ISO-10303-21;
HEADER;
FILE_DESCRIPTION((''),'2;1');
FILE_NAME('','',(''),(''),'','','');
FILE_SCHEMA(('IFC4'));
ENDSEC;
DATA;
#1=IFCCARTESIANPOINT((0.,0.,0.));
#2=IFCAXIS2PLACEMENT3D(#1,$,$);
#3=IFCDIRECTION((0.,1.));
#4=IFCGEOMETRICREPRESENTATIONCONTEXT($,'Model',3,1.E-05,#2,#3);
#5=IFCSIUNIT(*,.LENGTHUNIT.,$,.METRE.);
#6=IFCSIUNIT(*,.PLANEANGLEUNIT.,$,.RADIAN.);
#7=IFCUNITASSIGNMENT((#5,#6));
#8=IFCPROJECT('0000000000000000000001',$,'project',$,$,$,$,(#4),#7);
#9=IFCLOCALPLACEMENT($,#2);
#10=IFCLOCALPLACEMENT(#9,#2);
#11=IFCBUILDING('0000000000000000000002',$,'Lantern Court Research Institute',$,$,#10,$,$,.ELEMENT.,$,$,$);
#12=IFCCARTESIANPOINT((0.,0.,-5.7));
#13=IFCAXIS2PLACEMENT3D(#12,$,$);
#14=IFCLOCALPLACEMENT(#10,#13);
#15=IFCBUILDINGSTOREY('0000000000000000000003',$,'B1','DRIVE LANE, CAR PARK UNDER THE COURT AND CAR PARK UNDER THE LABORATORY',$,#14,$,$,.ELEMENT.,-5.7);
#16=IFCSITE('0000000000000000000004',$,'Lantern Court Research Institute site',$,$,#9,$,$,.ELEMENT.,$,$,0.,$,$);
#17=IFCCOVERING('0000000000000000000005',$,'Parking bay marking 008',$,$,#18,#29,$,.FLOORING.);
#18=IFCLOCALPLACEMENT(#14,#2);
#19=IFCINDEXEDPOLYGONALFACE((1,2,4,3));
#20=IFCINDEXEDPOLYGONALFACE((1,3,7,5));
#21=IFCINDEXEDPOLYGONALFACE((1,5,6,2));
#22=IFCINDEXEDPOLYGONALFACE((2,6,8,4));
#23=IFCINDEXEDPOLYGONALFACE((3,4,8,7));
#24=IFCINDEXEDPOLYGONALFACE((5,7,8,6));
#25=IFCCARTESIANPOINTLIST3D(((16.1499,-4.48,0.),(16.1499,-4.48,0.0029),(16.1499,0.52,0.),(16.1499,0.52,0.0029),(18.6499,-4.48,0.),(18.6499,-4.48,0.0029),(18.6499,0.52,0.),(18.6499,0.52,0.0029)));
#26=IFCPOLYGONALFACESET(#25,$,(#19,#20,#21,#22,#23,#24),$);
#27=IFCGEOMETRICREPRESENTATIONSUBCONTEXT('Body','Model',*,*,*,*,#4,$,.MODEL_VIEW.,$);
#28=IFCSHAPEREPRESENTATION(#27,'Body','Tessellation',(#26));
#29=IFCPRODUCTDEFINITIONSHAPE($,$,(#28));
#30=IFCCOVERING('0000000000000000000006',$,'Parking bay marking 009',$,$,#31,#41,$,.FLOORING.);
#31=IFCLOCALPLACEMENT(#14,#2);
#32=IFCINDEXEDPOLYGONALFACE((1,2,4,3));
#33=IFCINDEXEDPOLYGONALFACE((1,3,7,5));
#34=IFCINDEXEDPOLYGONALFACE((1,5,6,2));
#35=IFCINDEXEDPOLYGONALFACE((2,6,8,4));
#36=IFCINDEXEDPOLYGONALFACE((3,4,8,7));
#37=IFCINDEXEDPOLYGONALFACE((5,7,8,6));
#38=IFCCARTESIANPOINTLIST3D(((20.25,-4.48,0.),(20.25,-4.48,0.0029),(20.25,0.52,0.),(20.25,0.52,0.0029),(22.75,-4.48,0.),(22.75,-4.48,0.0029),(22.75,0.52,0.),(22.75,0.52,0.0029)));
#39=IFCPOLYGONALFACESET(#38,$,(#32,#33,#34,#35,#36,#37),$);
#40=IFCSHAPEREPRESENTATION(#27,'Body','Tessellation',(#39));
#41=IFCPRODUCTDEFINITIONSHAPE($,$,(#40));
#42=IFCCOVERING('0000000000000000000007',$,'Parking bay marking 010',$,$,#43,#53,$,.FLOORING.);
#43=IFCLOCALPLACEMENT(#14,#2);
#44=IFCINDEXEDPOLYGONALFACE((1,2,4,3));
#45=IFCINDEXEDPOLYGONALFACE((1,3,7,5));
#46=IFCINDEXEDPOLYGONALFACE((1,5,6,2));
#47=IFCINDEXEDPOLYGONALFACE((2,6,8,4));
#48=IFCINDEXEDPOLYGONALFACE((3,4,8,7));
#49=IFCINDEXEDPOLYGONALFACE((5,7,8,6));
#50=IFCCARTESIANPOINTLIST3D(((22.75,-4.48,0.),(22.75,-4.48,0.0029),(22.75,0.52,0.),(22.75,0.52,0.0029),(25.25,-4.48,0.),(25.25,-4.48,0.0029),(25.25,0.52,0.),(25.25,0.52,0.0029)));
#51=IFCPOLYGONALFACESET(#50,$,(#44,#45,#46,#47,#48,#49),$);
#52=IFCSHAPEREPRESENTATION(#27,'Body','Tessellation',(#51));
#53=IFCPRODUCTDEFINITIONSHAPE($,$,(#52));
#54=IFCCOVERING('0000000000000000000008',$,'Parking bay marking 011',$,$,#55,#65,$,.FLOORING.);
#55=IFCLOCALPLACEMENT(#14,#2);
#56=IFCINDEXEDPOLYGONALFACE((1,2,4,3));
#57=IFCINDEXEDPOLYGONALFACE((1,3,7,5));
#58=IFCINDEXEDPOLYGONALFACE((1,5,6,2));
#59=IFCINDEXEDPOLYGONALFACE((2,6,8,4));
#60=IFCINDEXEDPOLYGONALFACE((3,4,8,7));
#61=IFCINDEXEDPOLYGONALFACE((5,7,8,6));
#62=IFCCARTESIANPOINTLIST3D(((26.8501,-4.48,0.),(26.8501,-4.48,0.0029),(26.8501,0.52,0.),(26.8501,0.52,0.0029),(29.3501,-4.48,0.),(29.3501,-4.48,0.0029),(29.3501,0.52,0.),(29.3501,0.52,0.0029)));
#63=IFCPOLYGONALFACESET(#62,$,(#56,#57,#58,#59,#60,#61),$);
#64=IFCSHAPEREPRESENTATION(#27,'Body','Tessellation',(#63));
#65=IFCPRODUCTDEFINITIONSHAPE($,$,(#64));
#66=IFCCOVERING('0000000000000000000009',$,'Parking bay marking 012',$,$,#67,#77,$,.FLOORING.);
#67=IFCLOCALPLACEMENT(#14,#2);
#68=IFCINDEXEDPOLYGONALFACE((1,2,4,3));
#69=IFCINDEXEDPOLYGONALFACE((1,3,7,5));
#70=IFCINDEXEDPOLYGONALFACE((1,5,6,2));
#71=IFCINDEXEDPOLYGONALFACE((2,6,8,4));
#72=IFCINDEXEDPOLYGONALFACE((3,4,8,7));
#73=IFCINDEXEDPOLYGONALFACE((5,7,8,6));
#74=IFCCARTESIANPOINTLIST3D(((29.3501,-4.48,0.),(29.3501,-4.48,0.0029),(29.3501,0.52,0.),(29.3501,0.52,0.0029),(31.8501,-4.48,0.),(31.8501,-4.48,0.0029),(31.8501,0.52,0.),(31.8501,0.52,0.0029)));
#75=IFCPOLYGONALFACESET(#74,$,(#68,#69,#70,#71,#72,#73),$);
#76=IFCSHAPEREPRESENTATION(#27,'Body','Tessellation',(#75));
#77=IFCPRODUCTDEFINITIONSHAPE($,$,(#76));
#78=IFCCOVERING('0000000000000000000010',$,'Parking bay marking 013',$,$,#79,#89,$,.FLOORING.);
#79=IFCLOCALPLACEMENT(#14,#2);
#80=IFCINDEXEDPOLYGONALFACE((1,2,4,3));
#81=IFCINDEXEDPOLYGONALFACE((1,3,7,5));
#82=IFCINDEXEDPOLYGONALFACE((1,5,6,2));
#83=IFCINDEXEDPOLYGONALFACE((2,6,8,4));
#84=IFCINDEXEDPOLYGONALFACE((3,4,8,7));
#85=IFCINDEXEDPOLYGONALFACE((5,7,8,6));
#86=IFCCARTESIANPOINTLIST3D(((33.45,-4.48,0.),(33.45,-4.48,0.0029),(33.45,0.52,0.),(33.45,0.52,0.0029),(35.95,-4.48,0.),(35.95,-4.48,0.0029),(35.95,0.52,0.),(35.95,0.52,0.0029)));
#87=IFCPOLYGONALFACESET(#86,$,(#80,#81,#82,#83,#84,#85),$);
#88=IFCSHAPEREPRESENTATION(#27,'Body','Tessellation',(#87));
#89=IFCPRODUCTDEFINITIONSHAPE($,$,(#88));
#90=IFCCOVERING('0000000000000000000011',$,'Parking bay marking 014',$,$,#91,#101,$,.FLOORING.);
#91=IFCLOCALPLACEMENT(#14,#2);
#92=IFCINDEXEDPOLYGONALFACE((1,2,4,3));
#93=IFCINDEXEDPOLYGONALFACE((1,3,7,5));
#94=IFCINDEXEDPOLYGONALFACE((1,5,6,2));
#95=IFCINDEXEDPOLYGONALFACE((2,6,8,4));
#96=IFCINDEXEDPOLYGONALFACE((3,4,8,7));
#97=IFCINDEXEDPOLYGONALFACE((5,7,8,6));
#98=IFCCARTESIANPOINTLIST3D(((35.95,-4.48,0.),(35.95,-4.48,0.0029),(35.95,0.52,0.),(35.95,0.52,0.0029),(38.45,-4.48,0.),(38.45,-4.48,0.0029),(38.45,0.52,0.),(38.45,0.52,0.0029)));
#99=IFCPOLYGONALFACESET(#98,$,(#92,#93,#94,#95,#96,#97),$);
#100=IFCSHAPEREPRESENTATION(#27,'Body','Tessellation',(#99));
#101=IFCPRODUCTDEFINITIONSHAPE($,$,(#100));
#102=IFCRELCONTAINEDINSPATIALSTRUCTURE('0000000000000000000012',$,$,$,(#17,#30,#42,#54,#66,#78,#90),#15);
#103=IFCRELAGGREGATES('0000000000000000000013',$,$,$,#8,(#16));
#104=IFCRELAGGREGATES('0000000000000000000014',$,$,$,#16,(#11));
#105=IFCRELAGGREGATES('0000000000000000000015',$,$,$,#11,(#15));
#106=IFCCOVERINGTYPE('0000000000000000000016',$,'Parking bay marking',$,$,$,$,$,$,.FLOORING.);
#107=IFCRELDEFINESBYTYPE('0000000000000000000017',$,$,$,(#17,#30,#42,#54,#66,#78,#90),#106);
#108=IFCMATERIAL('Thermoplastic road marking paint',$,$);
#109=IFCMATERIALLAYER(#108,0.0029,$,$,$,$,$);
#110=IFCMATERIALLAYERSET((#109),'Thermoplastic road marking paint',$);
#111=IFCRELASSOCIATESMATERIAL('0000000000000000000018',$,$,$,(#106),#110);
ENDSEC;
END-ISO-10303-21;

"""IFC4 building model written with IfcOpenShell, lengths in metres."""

from ifc_helpers import new_model, si_unit, direction, frame, origin, place, context, subcontext, project, spatial, polyline, outline, extrude, material, layer, layer_set, type_object, element, save


model = new_model("IFC4")

# Units and contexts
model_context = context("Model", 3, precision=1e-05, world=origin(), true_north=direction((0.0, 1.0)))
body_context = subcontext(model_context, "Body", "Model", "MODEL_VIEW")
ifc_project = project(units=[si_unit("LENGTHUNIT", "METRE"), si_unit("PLANEANGLEUNIT", "RADIAN")], contexts=[model_context])

# Site, building, storey
site_placement = place(None, origin())
site = spatial("IfcSite", under=ifc_project, at=site_placement, Name="Lantern Court Research Institute site", CompositionType="ELEMENT", RefElevation=0.0)
building_placement = place(site_placement, origin())
building = spatial("IfcBuilding", under=site, at=building_placement, Name="Lantern Court Research Institute", CompositionType="ELEMENT")
storey_placement = place(building_placement, frame((0.0, 0.0, -5.7)))
storey = spatial("IfcBuildingStorey", under=building, at=storey_placement, Name="B1", Description="DRIVE LANE, CAR PARK UNDER THE COURT AND CAR PARK UNDER THE LABORATORY", CompositionType="ELEMENT", Elevation=-5.7)

# Coverings
ifc_material_1 = material(Name="Thermoplastic road marking paint")
ifc_layer_1 = layer(ifc_material_1, 0.0029)
ifc_layer_set_1 = layer_set([ifc_layer_1], Name="Thermoplastic road marking paint")
covering_type = type_object("IfcCoveringType", Name="Parking bay marking", PredefinedType="FLOORING", material=ifc_layer_set_1)
covering_1_placement = place(storey_placement, origin())
element("IfcCovering", 1, at=covering_1_placement, inside=storey, type_object=covering_type, Name="Parking bay marking 008", PredefinedType="FLOORING", context=body_context, shape_type="SweptSolid", body=[
    extrude(outline(polyline([(16.1499, -4.48), (18.6499, -4.48), (18.6499, 0.52), (16.1499, 0.52), (16.1499, -4.48)])), origin(), (0.0, 0.0, 1.0), 0.0029),
])
covering_2_placement = place(storey_placement, origin())
element("IfcCovering", 2, at=covering_2_placement, inside=storey, type_object=covering_type, Name="Parking bay marking 009", PredefinedType="FLOORING", context=body_context, shape_type="SweptSolid", body=[
    extrude(outline(polyline([(20.25, -4.48), (22.75, -4.48), (22.75, 0.52), (20.25, 0.52), (20.25, -4.48)])), origin(), (0.0, 0.0, 1.0), 0.0029),
])
covering_3_placement = place(storey_placement, origin())
element("IfcCovering", 3, at=covering_3_placement, inside=storey, type_object=covering_type, Name="Parking bay marking 010", PredefinedType="FLOORING", context=body_context, shape_type="SweptSolid", body=[
    extrude(outline(polyline([(22.75, -4.48), (25.25, -4.48), (25.25, 0.52), (22.75, 0.52), (22.75, -4.48)])), origin(), (0.0, 0.0, 1.0), 0.0029),
])
covering_4_placement = place(storey_placement, origin())
element("IfcCovering", 4, at=covering_4_placement, inside=storey, type_object=covering_type, Name="Parking bay marking 011", PredefinedType="FLOORING", context=body_context, shape_type="SweptSolid", body=[
    extrude(outline(polyline([(26.8501, -4.48), (29.3501, -4.48), (29.3501, 0.52), (26.8501, 0.52), (26.8501, -4.48)])), origin(), (0.0, 0.0, 1.0), 0.0029),
])
covering_5_placement = place(storey_placement, origin())
element("IfcCovering", 5, at=covering_5_placement, inside=storey, type_object=covering_type, Name="Parking bay marking 012", PredefinedType="FLOORING", context=body_context, shape_type="SweptSolid", body=[
    extrude(outline(polyline([(29.3501, -4.48), (31.8501, -4.48), (31.8501, 0.52), (29.3501, 0.52), (29.3501, -4.48)])), origin(), (0.0, 0.0, 1.0), 0.0029),
])
covering_6_placement = place(storey_placement, origin())
element("IfcCovering", 6, at=covering_6_placement, inside=storey, type_object=covering_type, Name="Parking bay marking 013", PredefinedType="FLOORING", context=body_context, shape_type="SweptSolid", body=[
    extrude(outline(polyline([(33.45, -4.48), (35.95, -4.48), (35.95, 0.52), (33.45, 0.52), (33.45, -4.48)])), origin(), (0.0, 0.0, 1.0), 0.0029),
])
covering_7_placement = place(storey_placement, origin())
element("IfcCovering", 7, at=covering_7_placement, inside=storey, type_object=covering_type, Name="Parking bay marking 014", PredefinedType="FLOORING", context=body_context, shape_type="SweptSolid", body=[
    extrude(outline(polyline([(35.95, -4.48), (38.45, -4.48), (38.45, 0.52), (35.95, 0.52), (35.95, -4.48)])), origin(), (0.0, 0.0, 1.0), 0.0029),
])

save(model, "model.ifc")
